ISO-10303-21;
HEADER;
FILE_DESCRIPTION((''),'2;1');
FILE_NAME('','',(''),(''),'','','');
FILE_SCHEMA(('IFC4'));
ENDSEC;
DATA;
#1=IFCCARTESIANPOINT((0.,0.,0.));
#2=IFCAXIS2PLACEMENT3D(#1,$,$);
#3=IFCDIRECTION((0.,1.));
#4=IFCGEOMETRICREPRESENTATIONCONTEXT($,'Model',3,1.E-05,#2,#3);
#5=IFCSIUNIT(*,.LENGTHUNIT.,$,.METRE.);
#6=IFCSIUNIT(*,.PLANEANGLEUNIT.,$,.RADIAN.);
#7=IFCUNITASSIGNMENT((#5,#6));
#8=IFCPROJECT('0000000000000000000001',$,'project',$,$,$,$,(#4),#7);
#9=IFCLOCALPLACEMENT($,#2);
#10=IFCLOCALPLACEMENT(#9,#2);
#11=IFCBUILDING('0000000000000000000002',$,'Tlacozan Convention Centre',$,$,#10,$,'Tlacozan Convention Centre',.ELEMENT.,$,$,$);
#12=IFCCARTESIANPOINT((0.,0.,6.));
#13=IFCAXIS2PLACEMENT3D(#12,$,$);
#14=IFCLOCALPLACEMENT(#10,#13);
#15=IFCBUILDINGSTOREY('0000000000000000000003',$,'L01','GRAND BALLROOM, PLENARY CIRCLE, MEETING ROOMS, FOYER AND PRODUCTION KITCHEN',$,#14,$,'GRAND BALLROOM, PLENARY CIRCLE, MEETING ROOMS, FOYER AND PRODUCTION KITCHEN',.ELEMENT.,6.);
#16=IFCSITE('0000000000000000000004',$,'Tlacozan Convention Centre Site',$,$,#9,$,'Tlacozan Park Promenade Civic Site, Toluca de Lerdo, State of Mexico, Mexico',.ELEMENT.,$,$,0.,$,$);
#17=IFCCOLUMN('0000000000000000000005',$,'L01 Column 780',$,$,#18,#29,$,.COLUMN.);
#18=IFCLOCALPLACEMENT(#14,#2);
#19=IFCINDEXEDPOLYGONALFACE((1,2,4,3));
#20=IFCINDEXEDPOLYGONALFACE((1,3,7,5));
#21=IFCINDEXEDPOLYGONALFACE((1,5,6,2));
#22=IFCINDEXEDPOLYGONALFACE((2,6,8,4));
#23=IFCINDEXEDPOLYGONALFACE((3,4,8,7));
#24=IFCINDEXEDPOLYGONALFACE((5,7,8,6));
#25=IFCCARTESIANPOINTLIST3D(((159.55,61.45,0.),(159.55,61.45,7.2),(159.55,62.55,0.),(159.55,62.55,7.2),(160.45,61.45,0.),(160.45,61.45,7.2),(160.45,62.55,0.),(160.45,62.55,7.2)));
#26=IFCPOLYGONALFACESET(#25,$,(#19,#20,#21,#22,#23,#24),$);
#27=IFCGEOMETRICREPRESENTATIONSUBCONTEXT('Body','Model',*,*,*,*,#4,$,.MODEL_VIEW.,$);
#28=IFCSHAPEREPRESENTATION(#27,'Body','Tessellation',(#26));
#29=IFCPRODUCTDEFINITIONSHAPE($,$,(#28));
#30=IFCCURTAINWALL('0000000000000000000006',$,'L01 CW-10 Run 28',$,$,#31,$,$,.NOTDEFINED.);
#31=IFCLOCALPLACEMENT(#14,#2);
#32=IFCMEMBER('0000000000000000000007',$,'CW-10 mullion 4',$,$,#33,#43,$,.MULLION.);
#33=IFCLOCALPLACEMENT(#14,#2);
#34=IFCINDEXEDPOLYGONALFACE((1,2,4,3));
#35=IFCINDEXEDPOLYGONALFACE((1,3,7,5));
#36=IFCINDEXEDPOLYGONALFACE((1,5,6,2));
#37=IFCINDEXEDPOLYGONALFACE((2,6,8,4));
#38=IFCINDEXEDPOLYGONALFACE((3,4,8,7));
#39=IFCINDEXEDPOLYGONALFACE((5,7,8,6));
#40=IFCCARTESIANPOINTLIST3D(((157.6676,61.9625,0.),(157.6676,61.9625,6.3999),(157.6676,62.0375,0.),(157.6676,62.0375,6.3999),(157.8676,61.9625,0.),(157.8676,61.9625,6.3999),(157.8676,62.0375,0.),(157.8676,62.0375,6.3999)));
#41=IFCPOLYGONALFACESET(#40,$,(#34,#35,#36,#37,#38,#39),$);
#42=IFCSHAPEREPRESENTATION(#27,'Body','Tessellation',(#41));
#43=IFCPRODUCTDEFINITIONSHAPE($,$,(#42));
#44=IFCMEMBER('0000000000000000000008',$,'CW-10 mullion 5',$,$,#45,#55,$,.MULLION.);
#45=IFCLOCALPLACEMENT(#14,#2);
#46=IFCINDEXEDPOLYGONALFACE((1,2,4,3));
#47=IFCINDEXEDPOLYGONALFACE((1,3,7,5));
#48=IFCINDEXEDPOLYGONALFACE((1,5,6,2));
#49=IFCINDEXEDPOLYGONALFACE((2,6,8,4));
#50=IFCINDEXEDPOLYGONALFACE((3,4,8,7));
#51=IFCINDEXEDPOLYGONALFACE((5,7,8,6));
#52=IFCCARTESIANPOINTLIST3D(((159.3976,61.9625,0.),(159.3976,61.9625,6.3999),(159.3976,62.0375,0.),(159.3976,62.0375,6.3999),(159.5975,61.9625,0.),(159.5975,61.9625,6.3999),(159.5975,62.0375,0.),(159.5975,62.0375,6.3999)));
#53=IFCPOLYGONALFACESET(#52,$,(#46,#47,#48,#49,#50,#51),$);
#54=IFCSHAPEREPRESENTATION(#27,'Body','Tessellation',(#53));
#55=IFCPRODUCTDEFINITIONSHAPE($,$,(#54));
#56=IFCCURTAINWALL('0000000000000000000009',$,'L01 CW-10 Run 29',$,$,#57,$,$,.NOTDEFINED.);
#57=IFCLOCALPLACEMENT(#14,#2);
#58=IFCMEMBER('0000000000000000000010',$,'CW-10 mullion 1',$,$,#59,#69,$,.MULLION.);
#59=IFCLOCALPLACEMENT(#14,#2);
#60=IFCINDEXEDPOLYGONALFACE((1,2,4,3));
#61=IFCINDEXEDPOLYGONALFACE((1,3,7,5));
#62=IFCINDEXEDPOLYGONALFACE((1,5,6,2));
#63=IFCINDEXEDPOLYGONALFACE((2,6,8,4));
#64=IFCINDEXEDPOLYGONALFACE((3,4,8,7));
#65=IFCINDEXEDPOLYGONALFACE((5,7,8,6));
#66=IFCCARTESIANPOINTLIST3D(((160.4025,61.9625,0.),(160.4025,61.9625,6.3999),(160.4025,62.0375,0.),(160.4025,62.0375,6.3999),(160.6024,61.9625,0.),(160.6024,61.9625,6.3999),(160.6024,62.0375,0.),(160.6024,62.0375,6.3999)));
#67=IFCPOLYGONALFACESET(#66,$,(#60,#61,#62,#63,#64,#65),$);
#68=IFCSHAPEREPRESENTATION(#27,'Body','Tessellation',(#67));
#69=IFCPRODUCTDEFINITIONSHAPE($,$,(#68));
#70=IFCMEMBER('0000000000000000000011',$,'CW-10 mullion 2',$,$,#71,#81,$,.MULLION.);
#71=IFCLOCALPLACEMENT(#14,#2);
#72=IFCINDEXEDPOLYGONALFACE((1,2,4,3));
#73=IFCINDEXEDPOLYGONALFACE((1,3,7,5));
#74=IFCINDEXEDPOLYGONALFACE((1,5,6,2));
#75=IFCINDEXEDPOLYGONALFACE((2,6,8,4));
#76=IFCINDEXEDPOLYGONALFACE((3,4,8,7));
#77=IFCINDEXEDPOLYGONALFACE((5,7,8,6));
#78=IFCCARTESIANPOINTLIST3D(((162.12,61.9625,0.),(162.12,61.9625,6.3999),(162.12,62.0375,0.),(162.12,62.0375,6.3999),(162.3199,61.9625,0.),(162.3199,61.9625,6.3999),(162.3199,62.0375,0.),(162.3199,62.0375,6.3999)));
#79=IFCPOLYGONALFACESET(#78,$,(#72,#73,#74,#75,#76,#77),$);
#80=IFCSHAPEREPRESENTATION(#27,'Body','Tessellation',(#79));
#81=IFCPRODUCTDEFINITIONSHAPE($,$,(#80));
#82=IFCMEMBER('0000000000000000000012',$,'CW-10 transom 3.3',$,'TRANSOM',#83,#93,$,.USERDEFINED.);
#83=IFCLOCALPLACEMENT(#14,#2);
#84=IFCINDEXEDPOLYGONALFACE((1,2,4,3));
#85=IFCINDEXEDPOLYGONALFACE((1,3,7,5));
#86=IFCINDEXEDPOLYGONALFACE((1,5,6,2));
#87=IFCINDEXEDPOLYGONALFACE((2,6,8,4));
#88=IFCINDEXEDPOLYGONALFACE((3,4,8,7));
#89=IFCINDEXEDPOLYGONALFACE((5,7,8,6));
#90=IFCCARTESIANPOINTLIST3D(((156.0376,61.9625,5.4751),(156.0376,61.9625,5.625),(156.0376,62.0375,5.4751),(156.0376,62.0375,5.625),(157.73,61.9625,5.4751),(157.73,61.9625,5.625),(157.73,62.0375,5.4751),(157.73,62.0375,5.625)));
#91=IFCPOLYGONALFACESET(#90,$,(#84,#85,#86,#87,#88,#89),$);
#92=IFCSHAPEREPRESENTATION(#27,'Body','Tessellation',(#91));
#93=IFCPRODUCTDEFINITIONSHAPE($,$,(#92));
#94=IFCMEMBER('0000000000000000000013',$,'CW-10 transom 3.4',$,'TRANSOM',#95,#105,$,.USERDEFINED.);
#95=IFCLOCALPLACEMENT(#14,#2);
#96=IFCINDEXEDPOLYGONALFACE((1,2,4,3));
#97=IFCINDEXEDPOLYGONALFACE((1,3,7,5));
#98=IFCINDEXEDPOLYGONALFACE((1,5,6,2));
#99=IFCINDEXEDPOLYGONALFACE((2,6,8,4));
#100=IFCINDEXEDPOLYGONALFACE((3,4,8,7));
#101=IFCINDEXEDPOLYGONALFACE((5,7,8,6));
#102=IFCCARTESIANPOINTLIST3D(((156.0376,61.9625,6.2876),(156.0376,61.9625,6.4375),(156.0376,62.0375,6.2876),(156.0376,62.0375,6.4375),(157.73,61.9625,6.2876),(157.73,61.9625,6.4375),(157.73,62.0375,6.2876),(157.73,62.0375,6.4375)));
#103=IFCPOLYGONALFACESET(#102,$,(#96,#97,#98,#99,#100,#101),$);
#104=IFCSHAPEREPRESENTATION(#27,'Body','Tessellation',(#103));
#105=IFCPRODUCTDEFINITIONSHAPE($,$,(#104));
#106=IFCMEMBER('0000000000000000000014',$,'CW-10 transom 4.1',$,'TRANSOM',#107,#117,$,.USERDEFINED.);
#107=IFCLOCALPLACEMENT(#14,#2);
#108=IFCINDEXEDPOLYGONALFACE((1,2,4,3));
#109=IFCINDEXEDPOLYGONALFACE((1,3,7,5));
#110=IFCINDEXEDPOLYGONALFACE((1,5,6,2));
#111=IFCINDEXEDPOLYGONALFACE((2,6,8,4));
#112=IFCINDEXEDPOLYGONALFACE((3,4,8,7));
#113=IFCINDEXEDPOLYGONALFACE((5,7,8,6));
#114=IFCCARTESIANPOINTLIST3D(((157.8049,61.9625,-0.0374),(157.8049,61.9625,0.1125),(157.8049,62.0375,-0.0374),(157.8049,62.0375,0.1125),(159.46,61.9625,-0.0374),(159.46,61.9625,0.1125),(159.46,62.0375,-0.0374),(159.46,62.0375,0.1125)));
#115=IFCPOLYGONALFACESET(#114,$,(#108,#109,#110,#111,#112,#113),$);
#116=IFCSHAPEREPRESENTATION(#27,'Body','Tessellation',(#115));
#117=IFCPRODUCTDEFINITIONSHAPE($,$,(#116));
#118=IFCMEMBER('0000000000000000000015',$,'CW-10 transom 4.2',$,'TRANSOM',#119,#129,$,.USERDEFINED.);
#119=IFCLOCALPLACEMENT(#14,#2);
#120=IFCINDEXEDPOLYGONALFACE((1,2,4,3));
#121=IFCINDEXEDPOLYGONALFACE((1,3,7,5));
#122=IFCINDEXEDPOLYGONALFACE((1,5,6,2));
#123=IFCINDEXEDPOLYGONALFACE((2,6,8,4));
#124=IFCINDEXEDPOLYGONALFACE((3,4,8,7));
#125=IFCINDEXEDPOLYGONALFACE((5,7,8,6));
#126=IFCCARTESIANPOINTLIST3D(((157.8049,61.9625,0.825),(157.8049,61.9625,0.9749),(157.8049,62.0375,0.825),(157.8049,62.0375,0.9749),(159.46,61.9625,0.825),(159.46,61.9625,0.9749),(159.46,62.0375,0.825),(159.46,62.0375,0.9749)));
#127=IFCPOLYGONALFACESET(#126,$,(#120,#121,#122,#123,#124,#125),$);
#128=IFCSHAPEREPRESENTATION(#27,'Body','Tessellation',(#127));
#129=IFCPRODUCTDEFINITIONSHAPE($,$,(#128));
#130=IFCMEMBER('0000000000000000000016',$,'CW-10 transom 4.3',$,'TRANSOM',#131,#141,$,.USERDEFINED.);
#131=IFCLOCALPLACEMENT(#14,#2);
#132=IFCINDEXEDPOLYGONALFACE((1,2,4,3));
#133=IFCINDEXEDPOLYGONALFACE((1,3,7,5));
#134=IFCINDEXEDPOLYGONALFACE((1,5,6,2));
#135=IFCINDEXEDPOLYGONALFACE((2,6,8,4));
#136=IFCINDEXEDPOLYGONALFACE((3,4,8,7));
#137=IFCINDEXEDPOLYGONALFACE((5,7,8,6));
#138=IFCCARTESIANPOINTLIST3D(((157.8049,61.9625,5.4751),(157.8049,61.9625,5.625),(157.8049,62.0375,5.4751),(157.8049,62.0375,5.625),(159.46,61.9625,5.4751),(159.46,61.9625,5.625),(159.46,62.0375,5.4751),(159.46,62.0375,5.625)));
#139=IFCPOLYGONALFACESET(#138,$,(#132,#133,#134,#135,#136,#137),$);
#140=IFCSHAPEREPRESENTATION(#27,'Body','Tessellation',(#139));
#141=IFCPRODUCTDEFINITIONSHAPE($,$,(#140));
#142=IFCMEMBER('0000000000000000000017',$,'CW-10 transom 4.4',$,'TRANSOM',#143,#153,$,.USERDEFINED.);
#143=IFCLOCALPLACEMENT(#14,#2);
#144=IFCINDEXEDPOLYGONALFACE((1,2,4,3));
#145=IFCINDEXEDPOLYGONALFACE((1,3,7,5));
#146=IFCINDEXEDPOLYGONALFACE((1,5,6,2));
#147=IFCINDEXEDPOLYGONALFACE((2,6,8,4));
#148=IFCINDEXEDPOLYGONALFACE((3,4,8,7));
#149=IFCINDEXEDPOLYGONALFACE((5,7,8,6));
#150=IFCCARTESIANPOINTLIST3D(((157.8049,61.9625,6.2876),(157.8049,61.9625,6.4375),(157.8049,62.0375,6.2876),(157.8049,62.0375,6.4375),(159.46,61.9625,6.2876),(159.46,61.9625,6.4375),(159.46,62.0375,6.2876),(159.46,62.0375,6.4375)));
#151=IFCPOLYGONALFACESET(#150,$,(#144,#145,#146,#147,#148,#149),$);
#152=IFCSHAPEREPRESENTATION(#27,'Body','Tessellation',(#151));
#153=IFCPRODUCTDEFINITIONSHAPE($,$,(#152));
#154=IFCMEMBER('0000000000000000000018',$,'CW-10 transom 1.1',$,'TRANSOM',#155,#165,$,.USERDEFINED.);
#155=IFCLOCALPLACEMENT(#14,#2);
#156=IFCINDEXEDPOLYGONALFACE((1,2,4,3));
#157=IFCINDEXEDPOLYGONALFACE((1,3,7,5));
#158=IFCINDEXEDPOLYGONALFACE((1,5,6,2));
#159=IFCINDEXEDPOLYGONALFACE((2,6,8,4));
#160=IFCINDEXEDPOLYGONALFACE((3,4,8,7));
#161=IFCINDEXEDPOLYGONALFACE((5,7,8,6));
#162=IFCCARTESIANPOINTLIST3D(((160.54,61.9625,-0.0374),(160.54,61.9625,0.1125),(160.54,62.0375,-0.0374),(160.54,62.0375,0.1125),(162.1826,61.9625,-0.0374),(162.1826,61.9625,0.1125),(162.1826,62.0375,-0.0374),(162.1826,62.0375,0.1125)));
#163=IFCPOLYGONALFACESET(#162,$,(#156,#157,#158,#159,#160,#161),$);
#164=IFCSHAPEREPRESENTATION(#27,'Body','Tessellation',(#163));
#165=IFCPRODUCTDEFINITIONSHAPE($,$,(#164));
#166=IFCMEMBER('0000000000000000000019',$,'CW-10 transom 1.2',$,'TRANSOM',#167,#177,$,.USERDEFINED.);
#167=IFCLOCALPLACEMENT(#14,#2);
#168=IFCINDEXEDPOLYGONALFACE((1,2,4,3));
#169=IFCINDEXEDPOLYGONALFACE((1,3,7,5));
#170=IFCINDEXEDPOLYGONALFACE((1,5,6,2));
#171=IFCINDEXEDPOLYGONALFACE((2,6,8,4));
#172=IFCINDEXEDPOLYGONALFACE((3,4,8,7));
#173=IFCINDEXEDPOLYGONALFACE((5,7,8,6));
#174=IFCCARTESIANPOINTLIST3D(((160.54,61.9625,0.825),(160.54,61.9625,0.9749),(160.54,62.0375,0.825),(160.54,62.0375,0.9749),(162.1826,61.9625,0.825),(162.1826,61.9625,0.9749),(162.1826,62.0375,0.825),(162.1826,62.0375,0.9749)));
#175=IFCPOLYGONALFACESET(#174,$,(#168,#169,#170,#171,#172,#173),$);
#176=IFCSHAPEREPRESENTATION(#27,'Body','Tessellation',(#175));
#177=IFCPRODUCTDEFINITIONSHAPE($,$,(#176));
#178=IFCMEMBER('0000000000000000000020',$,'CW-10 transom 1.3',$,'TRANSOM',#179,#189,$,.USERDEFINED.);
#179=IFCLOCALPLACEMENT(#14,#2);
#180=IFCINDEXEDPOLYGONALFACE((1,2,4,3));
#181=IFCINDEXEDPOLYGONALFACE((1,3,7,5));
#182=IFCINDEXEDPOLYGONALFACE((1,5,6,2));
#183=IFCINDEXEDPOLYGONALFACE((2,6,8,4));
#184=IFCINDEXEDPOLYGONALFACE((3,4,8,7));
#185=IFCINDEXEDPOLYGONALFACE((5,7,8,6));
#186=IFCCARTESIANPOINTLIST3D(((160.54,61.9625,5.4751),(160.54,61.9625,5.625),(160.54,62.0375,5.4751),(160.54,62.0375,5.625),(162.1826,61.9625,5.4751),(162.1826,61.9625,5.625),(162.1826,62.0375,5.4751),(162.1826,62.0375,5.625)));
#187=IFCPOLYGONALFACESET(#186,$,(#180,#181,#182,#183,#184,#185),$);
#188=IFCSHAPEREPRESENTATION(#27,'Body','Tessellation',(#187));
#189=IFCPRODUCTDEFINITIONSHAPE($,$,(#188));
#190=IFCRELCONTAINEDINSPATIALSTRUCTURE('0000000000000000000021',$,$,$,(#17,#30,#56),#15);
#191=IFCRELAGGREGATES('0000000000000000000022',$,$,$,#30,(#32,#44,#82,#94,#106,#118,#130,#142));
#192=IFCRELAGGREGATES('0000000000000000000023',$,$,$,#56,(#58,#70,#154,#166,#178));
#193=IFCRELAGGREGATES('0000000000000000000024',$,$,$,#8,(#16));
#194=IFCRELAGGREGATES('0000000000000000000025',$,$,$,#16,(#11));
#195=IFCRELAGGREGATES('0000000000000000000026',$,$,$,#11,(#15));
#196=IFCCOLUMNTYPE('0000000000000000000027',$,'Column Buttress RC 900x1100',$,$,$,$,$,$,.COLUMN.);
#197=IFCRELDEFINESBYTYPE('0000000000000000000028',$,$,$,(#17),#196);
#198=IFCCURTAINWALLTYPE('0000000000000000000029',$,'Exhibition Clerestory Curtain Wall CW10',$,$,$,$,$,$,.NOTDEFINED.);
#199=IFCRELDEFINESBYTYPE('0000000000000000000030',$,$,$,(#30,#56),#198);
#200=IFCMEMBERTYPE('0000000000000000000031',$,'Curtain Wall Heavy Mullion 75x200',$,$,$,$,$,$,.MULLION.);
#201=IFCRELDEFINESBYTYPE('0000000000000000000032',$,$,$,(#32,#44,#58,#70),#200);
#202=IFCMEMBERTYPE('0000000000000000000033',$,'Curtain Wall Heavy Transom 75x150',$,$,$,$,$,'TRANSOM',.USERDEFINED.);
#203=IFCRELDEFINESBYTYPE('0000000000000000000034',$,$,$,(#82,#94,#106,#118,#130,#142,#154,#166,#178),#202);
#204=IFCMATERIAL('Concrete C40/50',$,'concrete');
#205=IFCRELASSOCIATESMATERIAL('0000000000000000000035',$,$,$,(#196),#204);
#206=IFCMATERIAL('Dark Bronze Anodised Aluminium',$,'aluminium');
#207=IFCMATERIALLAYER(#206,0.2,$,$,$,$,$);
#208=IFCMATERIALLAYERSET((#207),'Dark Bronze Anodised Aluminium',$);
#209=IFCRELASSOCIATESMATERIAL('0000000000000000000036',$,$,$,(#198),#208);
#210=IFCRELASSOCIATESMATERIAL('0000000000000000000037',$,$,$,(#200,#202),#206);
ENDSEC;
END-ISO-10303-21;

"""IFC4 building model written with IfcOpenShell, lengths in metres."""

from ifc_helpers import new_model, si_unit, direction, frame, origin, origin_2d, place, context, subcontext, project, spatial, rectangle, extrude, material, layer, layer_set, material_profile, profile_set, type_object, element, aggregate, save


model = new_model("IFC4")

# Units and contexts
model_context = context("Model", 3, precision=1e-05, world=origin(), true_north=direction((0.0, 1.0)))
body_context = subcontext(model_context, "Body", "Model", "MODEL_VIEW")
ifc_project = project(units=[si_unit("LENGTHUNIT", "METRE"), si_unit("PLANEANGLEUNIT", "RADIAN")], contexts=[model_context])

# Site, building, storey
site_placement = place(None, origin())
site = spatial("IfcSite", under=ifc_project, at=site_placement, Name="Tlacozan Convention Centre Site", LongName="Tlacozan Park Promenade Civic Site, Toluca de Lerdo, State of Mexico, Mexico", CompositionType="ELEMENT", RefElevation=0.0)
building_placement = place(site_placement, origin())
building = spatial("IfcBuilding", under=site, at=building_placement, Name="Tlacozan Convention Centre", LongName="Tlacozan Convention Centre", CompositionType="ELEMENT")
storey_placement = place(building_placement, frame((0.0, 0.0, 6.0)))
storey = spatial("IfcBuildingStorey", under=building, at=storey_placement, Name="L01", Description="GRAND BALLROOM, PLENARY CIRCLE, MEETING ROOMS, FOYER AND PRODUCTION KITCHEN", LongName="GRAND BALLROOM, PLENARY CIRCLE, MEETING ROOMS, FOYER AND PRODUCTION KITCHEN", CompositionType="ELEMENT", Elevation=6.0)

# Column
ifc_material_1 = material(Name="Concrete C40/50", Category="concrete")
ifc_material_profile_1 = material_profile(ifc_material_1, rectangle(XDim=0.8999, YDim=1.1001, at=origin_2d()), Name="RC 900x1100")
ifc_profile_set_1 = profile_set([ifc_material_profile_1], Name="Concrete C40/50")
column_type = type_object("IfcColumnType", Name="Column Buttress RC 900x1100", PredefinedType="COLUMN", material=ifc_profile_set_1)
column_placement = place(storey_placement, frame((160.0, 62.0, 0.0), z_axis=(0.0, 0.0, 1.0), x_axis=(1.0, 0.0, 0.0)))
element("IfcColumn", 1, at=column_placement, inside=storey, type_object=column_type, Name="L01 Column 780", PredefinedType="COLUMN", context=body_context, shape_type="SweptSolid", body=[
    extrude(rectangle(XDim=0.8999, YDim=1.1001, at=origin_2d()), origin(), (0.0, 0.0, 1.0), 7.2),
])

# Curtain walls, members
ifc_material_2 = material(Name="Dark Bronze Anodised Aluminium", Category="aluminium")
ifc_layer_1 = layer(ifc_material_2, 0.2)
ifc_layer_set_1 = layer_set([ifc_layer_1], Name="Dark Bronze Anodised Aluminium")
curtain_wall_type = type_object("IfcCurtainWallType", Name="Exhibition Clerestory Curtain Wall CW10", PredefinedType="NOTDEFINED", material=ifc_layer_set_1)
curtain_wall_1_placement = place(storey_placement, origin())
curtain_wall_1 = element("IfcCurtainWall", 2, at=curtain_wall_1_placement, inside=storey, type_object=curtain_wall_type, Name="L01 CW-10 Run 28", PredefinedType="NOTDEFINED")
ifc_material_profile_2 = material_profile(ifc_material_2, rectangle(XDim=0.075, YDim=0.2, at=origin_2d()), Name="ALU 75x200")
ifc_profile_set_2 = profile_set([ifc_material_profile_2], Name="Dark Bronze Anodised Aluminium")
member_type_1 = type_object("IfcMemberType", Name="Curtain Wall Heavy Mullion 75x200", PredefinedType="MULLION", material=ifc_profile_set_2)
member_1_placement = place(storey_placement, frame((157.7676, 62.0, 0.0), z_axis=(0.0, 0.0, 1.0), x_axis=(0.0, 1.0, 0.0)))
member_1 = element("IfcMember", 3, at=member_1_placement, type_object=member_type_1, Name="CW-10 mullion 4", PredefinedType="MULLION", context=body_context, shape_type="SweptSolid", body=[
    extrude(rectangle(XDim=0.075, YDim=0.2, at=origin_2d()), origin(), (0.0, 0.0, 1.0), 6.3999),
])
member_2_placement = place(storey_placement, frame((159.4976, 62.0, 0.0), z_axis=(0.0, 0.0, 1.0), x_axis=(0.0, 1.0, 0.0)))
member_2 = element("IfcMember", 4, at=member_2_placement, type_object=member_type_1, Name="CW-10 mullion 5", PredefinedType="MULLION", context=body_context, shape_type="SweptSolid", body=[
    extrude(rectangle(XDim=0.075, YDim=0.2, at=origin_2d()), origin(), (0.0, 0.0, 1.0), 6.3999),
])
curtain_wall_2_placement = place(storey_placement, origin())
curtain_wall_2 = element("IfcCurtainWall", 5, at=curtain_wall_2_placement, inside=storey, type_object=curtain_wall_type, Name="L01 CW-10 Run 29", PredefinedType="NOTDEFINED")
member_3_placement = place(storey_placement, frame((160.5024, 62.0, 0.0), z_axis=(0.0, 0.0, 1.0), x_axis=(0.0, 1.0, 0.0)))
member_3 = element("IfcMember", 6, at=member_3_placement, type_object=member_type_1, Name="CW-10 mullion 1", PredefinedType="MULLION", context=body_context, shape_type="SweptSolid", body=[
    extrude(rectangle(XDim=0.075, YDim=0.2, at=origin_2d()), origin(), (0.0, 0.0, 1.0), 6.3999),
])
member_4_placement = place(storey_placement, frame((162.22, 62.0, 0.0), z_axis=(0.0, 0.0, 1.0), x_axis=(0.0, 1.0, 0.0)))
member_4 = element("IfcMember", 7, at=member_4_placement, type_object=member_type_1, Name="CW-10 mullion 2", PredefinedType="MULLION", context=body_context, shape_type="SweptSolid", body=[
    extrude(rectangle(XDim=0.075, YDim=0.2, at=origin_2d()), origin(), (0.0, 0.0, 1.0), 6.3999),
])

# Members
ifc_material_profile_3 = material_profile(ifc_material_2, rectangle(XDim=0.075, YDim=0.1499, at=origin_2d()), Name="ALU 75x150")
ifc_profile_set_3 = profile_set([ifc_material_profile_3], Name="Dark Bronze Anodised Aluminium")
member_type_2 = type_object("IfcMemberType", Name="Curtain Wall Heavy Transom 75x150", ElementType="TRANSOM", PredefinedType="USERDEFINED", material=ifc_profile_set_3)
member_5_placement = place(storey_placement, frame((156.0376, 62.0, 5.55), z_axis=(1.0, 0.0, 0.0), x_axis=(0.0, 1.0, 0.0)))
member_5 = element("IfcMember", 8, at=member_5_placement, type_object=member_type_2, Name="CW-10 transom 3.3", ObjectType="TRANSOM", PredefinedType="USERDEFINED", context=body_context, shape_type="SweptSolid", body=[
    extrude(rectangle(XDim=0.075, YDim=0.1499, at=origin_2d()), origin(), (0.0, 0.0, 1.0), 1.6924),
])
member_6_placement = place(storey_placement, frame((156.0376, 62.0, 6.3625), z_axis=(1.0, 0.0, 0.0), x_axis=(0.0, 1.0, 0.0)))
member_6 = element("IfcMember", 9, at=member_6_placement, type_object=member_type_2, Name="CW-10 transom 3.4", ObjectType="TRANSOM", PredefinedType="USERDEFINED", context=body_context, shape_type="SweptSolid", body=[
    extrude(rectangle(XDim=0.075, YDim=0.1499, at=origin_2d()), origin(), (0.0, 0.0, 1.0), 1.6924),
])
member_7_placement = place(storey_placement, frame((157.8049, 62.0, 0.0376), z_axis=(1.0, 0.0, 0.0), x_axis=(0.0, 1.0, 0.0)))
member_7 = element("IfcMember", 10, at=member_7_placement, type_object=member_type_2, Name="CW-10 transom 4.1", ObjectType="TRANSOM", PredefinedType="USERDEFINED", context=body_context, shape_type="SweptSolid", body=[
    extrude(rectangle(XDim=0.075, YDim=0.1499, at=origin_2d()), origin(), (0.0, 0.0, 1.0), 1.655),
])
member_8_placement = place(storey_placement, frame((157.8049, 62.0, 0.8999), z_axis=(1.0, 0.0, 0.0), x_axis=(0.0, 1.0, 0.0)))
member_8 = element("IfcMember", 11, at=member_8_placement, type_object=member_type_2, Name="CW-10 transom 4.2", ObjectType="TRANSOM", PredefinedType="USERDEFINED", context=body_context, shape_type="SweptSolid", body=[
    extrude(rectangle(XDim=0.075, YDim=0.1499, at=origin_2d()), origin(), (0.0, 0.0, 1.0), 1.655),
])
member_9_placement = place(storey_placement, frame((157.8049, 62.0, 5.55), z_axis=(1.0, 0.0, 0.0), x_axis=(0.0, 1.0, 0.0)))
member_9 = element("IfcMember", 12, at=member_9_placement, type_object=member_type_2, Name="CW-10 transom 4.3", ObjectType="TRANSOM", PredefinedType="USERDEFINED", context=body_context, shape_type="SweptSolid", body=[
    extrude(rectangle(XDim=0.075, YDim=0.1499, at=origin_2d()), origin(), (0.0, 0.0, 1.0), 1.655),
])
member_10_placement = place(storey_placement, frame((157.8049, 62.0, 6.3625), z_axis=(1.0, 0.0, 0.0), x_axis=(0.0, 1.0, 0.0)))
member_10 = element("IfcMember", 13, at=member_10_placement, type_object=member_type_2, Name="CW-10 transom 4.4", ObjectType="TRANSOM", PredefinedType="USERDEFINED", context=body_context, shape_type="SweptSolid", body=[
    extrude(rectangle(XDim=0.075, YDim=0.1499, at=origin_2d()), origin(), (0.0, 0.0, 1.0), 1.655),
])
member_11_placement = place(storey_placement, frame((160.54, 62.0, 0.0376), z_axis=(1.0, 0.0, 0.0), x_axis=(0.0, 1.0, 0.0)))
member_11 = element("IfcMember", 14, at=member_11_placement, type_object=member_type_2, Name="CW-10 transom 1.1", ObjectType="TRANSOM", PredefinedType="USERDEFINED", context=body_context, shape_type="SweptSolid", body=[
    extrude(rectangle(XDim=0.075, YDim=0.1499, at=origin_2d()), origin(), (0.0, 0.0, 1.0), 1.6426),
])
member_12_placement = place(storey_placement, frame((160.54, 62.0, 0.8999), z_axis=(1.0, 0.0, 0.0), x_axis=(0.0, 1.0, 0.0)))
member_12 = element("IfcMember", 15, at=member_12_placement, type_object=member_type_2, Name="CW-10 transom 1.2", ObjectType="TRANSOM", PredefinedType="USERDEFINED", context=body_context, shape_type="SweptSolid", body=[
    extrude(rectangle(XDim=0.075, YDim=0.1499, at=origin_2d()), origin(), (0.0, 0.0, 1.0), 1.6426),
])
member_13_placement = place(storey_placement, frame((160.54, 62.0, 5.55), z_axis=(1.0, 0.0, 0.0), x_axis=(0.0, 1.0, 0.0)))
member_13 = element("IfcMember", 16, at=member_13_placement, type_object=member_type_2, Name="CW-10 transom 1.3", ObjectType="TRANSOM", PredefinedType="USERDEFINED", context=body_context, shape_type="SweptSolid", body=[
    extrude(rectangle(XDim=0.075, YDim=0.1499, at=origin_2d()), origin(), (0.0, 0.0, 1.0), 1.6426),
])

aggregate(curtain_wall_1, [member_1, member_2, member_5, member_6, member_7, member_8, member_9, member_10])
aggregate(curtain_wall_2, [member_3, member_4, member_11, member_12, member_13])

save(model, "model.ifc")
